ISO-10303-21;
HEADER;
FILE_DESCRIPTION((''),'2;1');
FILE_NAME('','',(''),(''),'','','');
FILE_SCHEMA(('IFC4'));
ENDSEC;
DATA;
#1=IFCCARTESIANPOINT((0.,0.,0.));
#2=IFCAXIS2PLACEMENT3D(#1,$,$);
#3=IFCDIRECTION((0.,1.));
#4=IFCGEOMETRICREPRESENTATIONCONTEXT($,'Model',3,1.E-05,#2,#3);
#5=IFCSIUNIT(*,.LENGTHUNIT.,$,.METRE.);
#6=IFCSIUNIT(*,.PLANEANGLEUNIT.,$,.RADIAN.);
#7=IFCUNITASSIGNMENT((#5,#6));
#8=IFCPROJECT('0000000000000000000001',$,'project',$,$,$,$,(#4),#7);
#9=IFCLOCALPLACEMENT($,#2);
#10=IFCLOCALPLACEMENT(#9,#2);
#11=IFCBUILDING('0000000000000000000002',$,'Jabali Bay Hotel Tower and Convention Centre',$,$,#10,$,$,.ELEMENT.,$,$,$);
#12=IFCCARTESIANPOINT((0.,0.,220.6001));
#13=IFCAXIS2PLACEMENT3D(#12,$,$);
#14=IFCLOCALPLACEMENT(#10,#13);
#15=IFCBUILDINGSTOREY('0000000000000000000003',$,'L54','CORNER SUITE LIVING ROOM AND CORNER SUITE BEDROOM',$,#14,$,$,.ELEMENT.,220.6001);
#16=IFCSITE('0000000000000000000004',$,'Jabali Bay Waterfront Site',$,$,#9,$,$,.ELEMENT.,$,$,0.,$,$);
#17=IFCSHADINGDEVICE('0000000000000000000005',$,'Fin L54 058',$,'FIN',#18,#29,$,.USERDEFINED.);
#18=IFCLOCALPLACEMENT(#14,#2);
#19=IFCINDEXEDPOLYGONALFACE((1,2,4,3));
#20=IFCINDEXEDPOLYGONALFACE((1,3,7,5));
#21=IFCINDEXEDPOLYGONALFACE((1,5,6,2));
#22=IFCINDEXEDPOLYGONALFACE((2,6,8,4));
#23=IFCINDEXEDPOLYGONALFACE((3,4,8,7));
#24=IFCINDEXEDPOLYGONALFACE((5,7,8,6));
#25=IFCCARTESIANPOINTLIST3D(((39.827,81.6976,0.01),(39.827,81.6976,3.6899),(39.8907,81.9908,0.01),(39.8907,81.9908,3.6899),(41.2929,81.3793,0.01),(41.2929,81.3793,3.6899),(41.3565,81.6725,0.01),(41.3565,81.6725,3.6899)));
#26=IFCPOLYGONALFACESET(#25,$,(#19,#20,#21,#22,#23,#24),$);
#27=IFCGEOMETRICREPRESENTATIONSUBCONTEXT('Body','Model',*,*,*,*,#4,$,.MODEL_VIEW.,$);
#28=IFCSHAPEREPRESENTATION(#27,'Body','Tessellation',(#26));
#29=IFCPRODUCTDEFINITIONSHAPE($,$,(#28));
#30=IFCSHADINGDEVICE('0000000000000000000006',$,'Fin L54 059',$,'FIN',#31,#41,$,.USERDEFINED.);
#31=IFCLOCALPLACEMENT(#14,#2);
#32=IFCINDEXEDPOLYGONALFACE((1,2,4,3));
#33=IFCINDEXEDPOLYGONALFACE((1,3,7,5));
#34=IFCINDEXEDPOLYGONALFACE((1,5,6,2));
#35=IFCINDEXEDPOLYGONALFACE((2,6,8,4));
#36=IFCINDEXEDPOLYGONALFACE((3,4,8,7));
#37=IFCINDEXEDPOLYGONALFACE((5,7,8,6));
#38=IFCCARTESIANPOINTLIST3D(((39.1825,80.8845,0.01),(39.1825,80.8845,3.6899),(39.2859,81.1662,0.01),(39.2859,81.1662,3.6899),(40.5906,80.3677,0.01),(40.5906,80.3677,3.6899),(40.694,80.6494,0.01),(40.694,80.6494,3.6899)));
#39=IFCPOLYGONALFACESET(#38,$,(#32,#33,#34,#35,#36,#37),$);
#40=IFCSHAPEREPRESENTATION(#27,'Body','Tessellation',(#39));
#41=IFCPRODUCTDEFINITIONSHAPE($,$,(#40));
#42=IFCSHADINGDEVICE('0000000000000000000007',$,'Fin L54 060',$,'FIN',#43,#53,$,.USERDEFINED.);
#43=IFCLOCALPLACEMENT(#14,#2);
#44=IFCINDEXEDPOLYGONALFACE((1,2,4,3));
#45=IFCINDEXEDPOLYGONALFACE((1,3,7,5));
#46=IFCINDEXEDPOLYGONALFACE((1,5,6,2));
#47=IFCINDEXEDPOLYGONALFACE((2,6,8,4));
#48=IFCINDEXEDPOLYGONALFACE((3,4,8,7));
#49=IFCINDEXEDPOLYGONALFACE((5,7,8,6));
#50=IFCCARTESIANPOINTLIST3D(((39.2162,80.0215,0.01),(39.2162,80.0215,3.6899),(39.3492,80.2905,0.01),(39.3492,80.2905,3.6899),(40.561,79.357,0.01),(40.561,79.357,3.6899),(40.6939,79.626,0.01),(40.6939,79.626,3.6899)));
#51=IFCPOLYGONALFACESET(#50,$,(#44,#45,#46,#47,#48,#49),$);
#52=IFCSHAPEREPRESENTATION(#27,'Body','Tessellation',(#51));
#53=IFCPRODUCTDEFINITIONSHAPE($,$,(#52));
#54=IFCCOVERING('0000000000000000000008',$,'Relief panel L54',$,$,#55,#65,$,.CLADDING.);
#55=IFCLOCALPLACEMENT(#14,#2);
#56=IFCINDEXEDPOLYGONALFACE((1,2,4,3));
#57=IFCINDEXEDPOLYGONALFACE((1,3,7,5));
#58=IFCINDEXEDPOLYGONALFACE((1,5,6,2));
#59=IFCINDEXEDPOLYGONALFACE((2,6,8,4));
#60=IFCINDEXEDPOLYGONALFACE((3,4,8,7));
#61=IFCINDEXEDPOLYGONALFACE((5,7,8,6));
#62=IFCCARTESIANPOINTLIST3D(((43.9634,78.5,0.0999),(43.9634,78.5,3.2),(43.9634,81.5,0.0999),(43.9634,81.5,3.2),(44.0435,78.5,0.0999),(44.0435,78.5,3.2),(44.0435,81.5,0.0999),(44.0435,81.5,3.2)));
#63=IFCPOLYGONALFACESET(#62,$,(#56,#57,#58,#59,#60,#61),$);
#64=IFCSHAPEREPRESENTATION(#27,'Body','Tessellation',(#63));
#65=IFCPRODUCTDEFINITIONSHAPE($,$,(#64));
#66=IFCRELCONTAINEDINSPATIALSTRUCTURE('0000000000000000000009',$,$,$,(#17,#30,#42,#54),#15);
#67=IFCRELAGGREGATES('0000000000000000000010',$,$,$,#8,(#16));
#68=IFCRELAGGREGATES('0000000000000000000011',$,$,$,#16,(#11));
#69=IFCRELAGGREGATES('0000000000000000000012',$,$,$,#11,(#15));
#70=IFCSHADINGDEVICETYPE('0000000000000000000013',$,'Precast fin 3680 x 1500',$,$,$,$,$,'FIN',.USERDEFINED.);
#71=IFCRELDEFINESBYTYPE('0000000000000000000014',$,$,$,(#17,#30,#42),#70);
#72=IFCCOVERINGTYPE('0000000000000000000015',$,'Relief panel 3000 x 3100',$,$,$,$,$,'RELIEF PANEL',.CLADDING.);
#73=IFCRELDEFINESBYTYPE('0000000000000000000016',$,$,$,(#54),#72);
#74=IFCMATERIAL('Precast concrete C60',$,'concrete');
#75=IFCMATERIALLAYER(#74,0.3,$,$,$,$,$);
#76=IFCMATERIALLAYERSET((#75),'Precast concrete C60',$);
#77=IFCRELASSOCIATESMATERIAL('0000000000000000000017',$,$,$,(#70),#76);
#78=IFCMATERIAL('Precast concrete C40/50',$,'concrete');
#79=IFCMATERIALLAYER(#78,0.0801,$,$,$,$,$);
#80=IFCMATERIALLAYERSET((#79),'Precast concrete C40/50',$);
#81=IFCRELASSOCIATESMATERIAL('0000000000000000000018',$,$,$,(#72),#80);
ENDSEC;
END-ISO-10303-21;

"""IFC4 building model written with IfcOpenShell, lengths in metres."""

from ifc_helpers import new_model, si_unit, direction, frame, frame_2d, origin, origin_2d, place, context, subcontext, project, spatial, rectangle, extrude, material, layer, layer_set, type_object, element, save


model = new_model("IFC4")

# Units and contexts
model_context = context("Model", 3, precision=1e-05, world=origin(), true_north=direction((0.0, 1.0)))
body_context = subcontext(model_context, "Body", "Model", "MODEL_VIEW")
ifc_project = project(units=[si_unit("LENGTHUNIT", "METRE"), si_unit("PLANEANGLEUNIT", "RADIAN")], contexts=[model_context])

# Site, building, storey
site_placement = place(None, origin())
site = spatial("IfcSite", under=ifc_project, at=site_placement, Name="Jabali Bay Waterfront Site", CompositionType="ELEMENT", RefElevation=0.0)
building_placement = place(site_placement, origin())
building = spatial("IfcBuilding", under=site, at=building_placement, Name="Jabali Bay Hotel Tower and Convention Centre", CompositionType="ELEMENT")
storey_placement = place(building_placement, frame((0.0, 0.0, 220.6001)))
storey = spatial("IfcBuildingStorey", under=building, at=storey_placement, Name="L54", Description="CORNER SUITE LIVING ROOM AND CORNER SUITE BEDROOM", CompositionType="ELEMENT", Elevation=220.6001)

# Shading devices
ifc_material_1 = material(Name="Precast concrete C60", Category="concrete")
ifc_layer_1 = layer(ifc_material_1, 0.3)
ifc_layer_set_1 = layer_set([ifc_layer_1], Name="Precast concrete C60")
shading_device_type_1 = type_object("IfcShadingDeviceType", Name="Precast fin 3680 x 1500", ElementType="FIN", PredefinedType="USERDEFINED", material=ifc_layer_set_1)
for number, where, z_axis, x_axis, name in (
    (1, (41.3247, 81.5259, 0.01), (0.0, 0.0, 1.0), (-0.977217, 0.21224, 0.0), "Fin L54 058"),
    (2, (40.6423, 80.5085, 0.01), (0.0, 0.0, 1.0), (-0.938768, 0.344551, 0.0), "Fin L54 059"),
    (3, (40.6274, 79.4915, 0.01), (0.0, 0.0, 1.0), (-0.896501, 0.443042, 0.0), "Fin L54 060"),
):
    element("IfcShadingDevice", number, at=place(storey_placement, frame(where, z_axis=z_axis, x_axis=x_axis)), inside=storey, type_object=shading_device_type_1, Name=name, ObjectType="FIN", PredefinedType="USERDEFINED", context=body_context, shape_type="SweptSolid", body=[
        extrude(rectangle(XDim=1.5, YDim=0.3, at=frame_2d((0.75, 0.0))), origin(), (0.0, 0.0, 1.0), 3.6799),
    ])

# Covering
ifc_material_2 = material(Name="Precast concrete C40/50", Category="concrete")
ifc_layer_2 = layer(ifc_material_2, 0.0801)
ifc_layer_set_2 = layer_set([ifc_layer_2], Name="Precast concrete C40/50")
covering_type = type_object("IfcCoveringType", Name="Relief panel 3000 x 3100", ElementType="RELIEF PANEL", PredefinedType="CLADDING", material=ifc_layer_set_2)
covering_placement = place(storey_placement, frame((44.0034, 80.0, 0.0999), z_axis=(0.0, 0.0, 1.0), x_axis=(0.0, 1.0, 0.0)))
element("IfcCovering", 4, at=covering_placement, inside=storey, type_object=covering_type, Name="Relief panel L54", PredefinedType="CLADDING", context=body_context, shape_type="SweptSolid", body=[
    extrude(rectangle(XDim=3.0, YDim=0.0801, at=origin_2d()), origin(), (0.0, 0.0, 1.0), 3.1001),
])

save(model, "model.ifc")
